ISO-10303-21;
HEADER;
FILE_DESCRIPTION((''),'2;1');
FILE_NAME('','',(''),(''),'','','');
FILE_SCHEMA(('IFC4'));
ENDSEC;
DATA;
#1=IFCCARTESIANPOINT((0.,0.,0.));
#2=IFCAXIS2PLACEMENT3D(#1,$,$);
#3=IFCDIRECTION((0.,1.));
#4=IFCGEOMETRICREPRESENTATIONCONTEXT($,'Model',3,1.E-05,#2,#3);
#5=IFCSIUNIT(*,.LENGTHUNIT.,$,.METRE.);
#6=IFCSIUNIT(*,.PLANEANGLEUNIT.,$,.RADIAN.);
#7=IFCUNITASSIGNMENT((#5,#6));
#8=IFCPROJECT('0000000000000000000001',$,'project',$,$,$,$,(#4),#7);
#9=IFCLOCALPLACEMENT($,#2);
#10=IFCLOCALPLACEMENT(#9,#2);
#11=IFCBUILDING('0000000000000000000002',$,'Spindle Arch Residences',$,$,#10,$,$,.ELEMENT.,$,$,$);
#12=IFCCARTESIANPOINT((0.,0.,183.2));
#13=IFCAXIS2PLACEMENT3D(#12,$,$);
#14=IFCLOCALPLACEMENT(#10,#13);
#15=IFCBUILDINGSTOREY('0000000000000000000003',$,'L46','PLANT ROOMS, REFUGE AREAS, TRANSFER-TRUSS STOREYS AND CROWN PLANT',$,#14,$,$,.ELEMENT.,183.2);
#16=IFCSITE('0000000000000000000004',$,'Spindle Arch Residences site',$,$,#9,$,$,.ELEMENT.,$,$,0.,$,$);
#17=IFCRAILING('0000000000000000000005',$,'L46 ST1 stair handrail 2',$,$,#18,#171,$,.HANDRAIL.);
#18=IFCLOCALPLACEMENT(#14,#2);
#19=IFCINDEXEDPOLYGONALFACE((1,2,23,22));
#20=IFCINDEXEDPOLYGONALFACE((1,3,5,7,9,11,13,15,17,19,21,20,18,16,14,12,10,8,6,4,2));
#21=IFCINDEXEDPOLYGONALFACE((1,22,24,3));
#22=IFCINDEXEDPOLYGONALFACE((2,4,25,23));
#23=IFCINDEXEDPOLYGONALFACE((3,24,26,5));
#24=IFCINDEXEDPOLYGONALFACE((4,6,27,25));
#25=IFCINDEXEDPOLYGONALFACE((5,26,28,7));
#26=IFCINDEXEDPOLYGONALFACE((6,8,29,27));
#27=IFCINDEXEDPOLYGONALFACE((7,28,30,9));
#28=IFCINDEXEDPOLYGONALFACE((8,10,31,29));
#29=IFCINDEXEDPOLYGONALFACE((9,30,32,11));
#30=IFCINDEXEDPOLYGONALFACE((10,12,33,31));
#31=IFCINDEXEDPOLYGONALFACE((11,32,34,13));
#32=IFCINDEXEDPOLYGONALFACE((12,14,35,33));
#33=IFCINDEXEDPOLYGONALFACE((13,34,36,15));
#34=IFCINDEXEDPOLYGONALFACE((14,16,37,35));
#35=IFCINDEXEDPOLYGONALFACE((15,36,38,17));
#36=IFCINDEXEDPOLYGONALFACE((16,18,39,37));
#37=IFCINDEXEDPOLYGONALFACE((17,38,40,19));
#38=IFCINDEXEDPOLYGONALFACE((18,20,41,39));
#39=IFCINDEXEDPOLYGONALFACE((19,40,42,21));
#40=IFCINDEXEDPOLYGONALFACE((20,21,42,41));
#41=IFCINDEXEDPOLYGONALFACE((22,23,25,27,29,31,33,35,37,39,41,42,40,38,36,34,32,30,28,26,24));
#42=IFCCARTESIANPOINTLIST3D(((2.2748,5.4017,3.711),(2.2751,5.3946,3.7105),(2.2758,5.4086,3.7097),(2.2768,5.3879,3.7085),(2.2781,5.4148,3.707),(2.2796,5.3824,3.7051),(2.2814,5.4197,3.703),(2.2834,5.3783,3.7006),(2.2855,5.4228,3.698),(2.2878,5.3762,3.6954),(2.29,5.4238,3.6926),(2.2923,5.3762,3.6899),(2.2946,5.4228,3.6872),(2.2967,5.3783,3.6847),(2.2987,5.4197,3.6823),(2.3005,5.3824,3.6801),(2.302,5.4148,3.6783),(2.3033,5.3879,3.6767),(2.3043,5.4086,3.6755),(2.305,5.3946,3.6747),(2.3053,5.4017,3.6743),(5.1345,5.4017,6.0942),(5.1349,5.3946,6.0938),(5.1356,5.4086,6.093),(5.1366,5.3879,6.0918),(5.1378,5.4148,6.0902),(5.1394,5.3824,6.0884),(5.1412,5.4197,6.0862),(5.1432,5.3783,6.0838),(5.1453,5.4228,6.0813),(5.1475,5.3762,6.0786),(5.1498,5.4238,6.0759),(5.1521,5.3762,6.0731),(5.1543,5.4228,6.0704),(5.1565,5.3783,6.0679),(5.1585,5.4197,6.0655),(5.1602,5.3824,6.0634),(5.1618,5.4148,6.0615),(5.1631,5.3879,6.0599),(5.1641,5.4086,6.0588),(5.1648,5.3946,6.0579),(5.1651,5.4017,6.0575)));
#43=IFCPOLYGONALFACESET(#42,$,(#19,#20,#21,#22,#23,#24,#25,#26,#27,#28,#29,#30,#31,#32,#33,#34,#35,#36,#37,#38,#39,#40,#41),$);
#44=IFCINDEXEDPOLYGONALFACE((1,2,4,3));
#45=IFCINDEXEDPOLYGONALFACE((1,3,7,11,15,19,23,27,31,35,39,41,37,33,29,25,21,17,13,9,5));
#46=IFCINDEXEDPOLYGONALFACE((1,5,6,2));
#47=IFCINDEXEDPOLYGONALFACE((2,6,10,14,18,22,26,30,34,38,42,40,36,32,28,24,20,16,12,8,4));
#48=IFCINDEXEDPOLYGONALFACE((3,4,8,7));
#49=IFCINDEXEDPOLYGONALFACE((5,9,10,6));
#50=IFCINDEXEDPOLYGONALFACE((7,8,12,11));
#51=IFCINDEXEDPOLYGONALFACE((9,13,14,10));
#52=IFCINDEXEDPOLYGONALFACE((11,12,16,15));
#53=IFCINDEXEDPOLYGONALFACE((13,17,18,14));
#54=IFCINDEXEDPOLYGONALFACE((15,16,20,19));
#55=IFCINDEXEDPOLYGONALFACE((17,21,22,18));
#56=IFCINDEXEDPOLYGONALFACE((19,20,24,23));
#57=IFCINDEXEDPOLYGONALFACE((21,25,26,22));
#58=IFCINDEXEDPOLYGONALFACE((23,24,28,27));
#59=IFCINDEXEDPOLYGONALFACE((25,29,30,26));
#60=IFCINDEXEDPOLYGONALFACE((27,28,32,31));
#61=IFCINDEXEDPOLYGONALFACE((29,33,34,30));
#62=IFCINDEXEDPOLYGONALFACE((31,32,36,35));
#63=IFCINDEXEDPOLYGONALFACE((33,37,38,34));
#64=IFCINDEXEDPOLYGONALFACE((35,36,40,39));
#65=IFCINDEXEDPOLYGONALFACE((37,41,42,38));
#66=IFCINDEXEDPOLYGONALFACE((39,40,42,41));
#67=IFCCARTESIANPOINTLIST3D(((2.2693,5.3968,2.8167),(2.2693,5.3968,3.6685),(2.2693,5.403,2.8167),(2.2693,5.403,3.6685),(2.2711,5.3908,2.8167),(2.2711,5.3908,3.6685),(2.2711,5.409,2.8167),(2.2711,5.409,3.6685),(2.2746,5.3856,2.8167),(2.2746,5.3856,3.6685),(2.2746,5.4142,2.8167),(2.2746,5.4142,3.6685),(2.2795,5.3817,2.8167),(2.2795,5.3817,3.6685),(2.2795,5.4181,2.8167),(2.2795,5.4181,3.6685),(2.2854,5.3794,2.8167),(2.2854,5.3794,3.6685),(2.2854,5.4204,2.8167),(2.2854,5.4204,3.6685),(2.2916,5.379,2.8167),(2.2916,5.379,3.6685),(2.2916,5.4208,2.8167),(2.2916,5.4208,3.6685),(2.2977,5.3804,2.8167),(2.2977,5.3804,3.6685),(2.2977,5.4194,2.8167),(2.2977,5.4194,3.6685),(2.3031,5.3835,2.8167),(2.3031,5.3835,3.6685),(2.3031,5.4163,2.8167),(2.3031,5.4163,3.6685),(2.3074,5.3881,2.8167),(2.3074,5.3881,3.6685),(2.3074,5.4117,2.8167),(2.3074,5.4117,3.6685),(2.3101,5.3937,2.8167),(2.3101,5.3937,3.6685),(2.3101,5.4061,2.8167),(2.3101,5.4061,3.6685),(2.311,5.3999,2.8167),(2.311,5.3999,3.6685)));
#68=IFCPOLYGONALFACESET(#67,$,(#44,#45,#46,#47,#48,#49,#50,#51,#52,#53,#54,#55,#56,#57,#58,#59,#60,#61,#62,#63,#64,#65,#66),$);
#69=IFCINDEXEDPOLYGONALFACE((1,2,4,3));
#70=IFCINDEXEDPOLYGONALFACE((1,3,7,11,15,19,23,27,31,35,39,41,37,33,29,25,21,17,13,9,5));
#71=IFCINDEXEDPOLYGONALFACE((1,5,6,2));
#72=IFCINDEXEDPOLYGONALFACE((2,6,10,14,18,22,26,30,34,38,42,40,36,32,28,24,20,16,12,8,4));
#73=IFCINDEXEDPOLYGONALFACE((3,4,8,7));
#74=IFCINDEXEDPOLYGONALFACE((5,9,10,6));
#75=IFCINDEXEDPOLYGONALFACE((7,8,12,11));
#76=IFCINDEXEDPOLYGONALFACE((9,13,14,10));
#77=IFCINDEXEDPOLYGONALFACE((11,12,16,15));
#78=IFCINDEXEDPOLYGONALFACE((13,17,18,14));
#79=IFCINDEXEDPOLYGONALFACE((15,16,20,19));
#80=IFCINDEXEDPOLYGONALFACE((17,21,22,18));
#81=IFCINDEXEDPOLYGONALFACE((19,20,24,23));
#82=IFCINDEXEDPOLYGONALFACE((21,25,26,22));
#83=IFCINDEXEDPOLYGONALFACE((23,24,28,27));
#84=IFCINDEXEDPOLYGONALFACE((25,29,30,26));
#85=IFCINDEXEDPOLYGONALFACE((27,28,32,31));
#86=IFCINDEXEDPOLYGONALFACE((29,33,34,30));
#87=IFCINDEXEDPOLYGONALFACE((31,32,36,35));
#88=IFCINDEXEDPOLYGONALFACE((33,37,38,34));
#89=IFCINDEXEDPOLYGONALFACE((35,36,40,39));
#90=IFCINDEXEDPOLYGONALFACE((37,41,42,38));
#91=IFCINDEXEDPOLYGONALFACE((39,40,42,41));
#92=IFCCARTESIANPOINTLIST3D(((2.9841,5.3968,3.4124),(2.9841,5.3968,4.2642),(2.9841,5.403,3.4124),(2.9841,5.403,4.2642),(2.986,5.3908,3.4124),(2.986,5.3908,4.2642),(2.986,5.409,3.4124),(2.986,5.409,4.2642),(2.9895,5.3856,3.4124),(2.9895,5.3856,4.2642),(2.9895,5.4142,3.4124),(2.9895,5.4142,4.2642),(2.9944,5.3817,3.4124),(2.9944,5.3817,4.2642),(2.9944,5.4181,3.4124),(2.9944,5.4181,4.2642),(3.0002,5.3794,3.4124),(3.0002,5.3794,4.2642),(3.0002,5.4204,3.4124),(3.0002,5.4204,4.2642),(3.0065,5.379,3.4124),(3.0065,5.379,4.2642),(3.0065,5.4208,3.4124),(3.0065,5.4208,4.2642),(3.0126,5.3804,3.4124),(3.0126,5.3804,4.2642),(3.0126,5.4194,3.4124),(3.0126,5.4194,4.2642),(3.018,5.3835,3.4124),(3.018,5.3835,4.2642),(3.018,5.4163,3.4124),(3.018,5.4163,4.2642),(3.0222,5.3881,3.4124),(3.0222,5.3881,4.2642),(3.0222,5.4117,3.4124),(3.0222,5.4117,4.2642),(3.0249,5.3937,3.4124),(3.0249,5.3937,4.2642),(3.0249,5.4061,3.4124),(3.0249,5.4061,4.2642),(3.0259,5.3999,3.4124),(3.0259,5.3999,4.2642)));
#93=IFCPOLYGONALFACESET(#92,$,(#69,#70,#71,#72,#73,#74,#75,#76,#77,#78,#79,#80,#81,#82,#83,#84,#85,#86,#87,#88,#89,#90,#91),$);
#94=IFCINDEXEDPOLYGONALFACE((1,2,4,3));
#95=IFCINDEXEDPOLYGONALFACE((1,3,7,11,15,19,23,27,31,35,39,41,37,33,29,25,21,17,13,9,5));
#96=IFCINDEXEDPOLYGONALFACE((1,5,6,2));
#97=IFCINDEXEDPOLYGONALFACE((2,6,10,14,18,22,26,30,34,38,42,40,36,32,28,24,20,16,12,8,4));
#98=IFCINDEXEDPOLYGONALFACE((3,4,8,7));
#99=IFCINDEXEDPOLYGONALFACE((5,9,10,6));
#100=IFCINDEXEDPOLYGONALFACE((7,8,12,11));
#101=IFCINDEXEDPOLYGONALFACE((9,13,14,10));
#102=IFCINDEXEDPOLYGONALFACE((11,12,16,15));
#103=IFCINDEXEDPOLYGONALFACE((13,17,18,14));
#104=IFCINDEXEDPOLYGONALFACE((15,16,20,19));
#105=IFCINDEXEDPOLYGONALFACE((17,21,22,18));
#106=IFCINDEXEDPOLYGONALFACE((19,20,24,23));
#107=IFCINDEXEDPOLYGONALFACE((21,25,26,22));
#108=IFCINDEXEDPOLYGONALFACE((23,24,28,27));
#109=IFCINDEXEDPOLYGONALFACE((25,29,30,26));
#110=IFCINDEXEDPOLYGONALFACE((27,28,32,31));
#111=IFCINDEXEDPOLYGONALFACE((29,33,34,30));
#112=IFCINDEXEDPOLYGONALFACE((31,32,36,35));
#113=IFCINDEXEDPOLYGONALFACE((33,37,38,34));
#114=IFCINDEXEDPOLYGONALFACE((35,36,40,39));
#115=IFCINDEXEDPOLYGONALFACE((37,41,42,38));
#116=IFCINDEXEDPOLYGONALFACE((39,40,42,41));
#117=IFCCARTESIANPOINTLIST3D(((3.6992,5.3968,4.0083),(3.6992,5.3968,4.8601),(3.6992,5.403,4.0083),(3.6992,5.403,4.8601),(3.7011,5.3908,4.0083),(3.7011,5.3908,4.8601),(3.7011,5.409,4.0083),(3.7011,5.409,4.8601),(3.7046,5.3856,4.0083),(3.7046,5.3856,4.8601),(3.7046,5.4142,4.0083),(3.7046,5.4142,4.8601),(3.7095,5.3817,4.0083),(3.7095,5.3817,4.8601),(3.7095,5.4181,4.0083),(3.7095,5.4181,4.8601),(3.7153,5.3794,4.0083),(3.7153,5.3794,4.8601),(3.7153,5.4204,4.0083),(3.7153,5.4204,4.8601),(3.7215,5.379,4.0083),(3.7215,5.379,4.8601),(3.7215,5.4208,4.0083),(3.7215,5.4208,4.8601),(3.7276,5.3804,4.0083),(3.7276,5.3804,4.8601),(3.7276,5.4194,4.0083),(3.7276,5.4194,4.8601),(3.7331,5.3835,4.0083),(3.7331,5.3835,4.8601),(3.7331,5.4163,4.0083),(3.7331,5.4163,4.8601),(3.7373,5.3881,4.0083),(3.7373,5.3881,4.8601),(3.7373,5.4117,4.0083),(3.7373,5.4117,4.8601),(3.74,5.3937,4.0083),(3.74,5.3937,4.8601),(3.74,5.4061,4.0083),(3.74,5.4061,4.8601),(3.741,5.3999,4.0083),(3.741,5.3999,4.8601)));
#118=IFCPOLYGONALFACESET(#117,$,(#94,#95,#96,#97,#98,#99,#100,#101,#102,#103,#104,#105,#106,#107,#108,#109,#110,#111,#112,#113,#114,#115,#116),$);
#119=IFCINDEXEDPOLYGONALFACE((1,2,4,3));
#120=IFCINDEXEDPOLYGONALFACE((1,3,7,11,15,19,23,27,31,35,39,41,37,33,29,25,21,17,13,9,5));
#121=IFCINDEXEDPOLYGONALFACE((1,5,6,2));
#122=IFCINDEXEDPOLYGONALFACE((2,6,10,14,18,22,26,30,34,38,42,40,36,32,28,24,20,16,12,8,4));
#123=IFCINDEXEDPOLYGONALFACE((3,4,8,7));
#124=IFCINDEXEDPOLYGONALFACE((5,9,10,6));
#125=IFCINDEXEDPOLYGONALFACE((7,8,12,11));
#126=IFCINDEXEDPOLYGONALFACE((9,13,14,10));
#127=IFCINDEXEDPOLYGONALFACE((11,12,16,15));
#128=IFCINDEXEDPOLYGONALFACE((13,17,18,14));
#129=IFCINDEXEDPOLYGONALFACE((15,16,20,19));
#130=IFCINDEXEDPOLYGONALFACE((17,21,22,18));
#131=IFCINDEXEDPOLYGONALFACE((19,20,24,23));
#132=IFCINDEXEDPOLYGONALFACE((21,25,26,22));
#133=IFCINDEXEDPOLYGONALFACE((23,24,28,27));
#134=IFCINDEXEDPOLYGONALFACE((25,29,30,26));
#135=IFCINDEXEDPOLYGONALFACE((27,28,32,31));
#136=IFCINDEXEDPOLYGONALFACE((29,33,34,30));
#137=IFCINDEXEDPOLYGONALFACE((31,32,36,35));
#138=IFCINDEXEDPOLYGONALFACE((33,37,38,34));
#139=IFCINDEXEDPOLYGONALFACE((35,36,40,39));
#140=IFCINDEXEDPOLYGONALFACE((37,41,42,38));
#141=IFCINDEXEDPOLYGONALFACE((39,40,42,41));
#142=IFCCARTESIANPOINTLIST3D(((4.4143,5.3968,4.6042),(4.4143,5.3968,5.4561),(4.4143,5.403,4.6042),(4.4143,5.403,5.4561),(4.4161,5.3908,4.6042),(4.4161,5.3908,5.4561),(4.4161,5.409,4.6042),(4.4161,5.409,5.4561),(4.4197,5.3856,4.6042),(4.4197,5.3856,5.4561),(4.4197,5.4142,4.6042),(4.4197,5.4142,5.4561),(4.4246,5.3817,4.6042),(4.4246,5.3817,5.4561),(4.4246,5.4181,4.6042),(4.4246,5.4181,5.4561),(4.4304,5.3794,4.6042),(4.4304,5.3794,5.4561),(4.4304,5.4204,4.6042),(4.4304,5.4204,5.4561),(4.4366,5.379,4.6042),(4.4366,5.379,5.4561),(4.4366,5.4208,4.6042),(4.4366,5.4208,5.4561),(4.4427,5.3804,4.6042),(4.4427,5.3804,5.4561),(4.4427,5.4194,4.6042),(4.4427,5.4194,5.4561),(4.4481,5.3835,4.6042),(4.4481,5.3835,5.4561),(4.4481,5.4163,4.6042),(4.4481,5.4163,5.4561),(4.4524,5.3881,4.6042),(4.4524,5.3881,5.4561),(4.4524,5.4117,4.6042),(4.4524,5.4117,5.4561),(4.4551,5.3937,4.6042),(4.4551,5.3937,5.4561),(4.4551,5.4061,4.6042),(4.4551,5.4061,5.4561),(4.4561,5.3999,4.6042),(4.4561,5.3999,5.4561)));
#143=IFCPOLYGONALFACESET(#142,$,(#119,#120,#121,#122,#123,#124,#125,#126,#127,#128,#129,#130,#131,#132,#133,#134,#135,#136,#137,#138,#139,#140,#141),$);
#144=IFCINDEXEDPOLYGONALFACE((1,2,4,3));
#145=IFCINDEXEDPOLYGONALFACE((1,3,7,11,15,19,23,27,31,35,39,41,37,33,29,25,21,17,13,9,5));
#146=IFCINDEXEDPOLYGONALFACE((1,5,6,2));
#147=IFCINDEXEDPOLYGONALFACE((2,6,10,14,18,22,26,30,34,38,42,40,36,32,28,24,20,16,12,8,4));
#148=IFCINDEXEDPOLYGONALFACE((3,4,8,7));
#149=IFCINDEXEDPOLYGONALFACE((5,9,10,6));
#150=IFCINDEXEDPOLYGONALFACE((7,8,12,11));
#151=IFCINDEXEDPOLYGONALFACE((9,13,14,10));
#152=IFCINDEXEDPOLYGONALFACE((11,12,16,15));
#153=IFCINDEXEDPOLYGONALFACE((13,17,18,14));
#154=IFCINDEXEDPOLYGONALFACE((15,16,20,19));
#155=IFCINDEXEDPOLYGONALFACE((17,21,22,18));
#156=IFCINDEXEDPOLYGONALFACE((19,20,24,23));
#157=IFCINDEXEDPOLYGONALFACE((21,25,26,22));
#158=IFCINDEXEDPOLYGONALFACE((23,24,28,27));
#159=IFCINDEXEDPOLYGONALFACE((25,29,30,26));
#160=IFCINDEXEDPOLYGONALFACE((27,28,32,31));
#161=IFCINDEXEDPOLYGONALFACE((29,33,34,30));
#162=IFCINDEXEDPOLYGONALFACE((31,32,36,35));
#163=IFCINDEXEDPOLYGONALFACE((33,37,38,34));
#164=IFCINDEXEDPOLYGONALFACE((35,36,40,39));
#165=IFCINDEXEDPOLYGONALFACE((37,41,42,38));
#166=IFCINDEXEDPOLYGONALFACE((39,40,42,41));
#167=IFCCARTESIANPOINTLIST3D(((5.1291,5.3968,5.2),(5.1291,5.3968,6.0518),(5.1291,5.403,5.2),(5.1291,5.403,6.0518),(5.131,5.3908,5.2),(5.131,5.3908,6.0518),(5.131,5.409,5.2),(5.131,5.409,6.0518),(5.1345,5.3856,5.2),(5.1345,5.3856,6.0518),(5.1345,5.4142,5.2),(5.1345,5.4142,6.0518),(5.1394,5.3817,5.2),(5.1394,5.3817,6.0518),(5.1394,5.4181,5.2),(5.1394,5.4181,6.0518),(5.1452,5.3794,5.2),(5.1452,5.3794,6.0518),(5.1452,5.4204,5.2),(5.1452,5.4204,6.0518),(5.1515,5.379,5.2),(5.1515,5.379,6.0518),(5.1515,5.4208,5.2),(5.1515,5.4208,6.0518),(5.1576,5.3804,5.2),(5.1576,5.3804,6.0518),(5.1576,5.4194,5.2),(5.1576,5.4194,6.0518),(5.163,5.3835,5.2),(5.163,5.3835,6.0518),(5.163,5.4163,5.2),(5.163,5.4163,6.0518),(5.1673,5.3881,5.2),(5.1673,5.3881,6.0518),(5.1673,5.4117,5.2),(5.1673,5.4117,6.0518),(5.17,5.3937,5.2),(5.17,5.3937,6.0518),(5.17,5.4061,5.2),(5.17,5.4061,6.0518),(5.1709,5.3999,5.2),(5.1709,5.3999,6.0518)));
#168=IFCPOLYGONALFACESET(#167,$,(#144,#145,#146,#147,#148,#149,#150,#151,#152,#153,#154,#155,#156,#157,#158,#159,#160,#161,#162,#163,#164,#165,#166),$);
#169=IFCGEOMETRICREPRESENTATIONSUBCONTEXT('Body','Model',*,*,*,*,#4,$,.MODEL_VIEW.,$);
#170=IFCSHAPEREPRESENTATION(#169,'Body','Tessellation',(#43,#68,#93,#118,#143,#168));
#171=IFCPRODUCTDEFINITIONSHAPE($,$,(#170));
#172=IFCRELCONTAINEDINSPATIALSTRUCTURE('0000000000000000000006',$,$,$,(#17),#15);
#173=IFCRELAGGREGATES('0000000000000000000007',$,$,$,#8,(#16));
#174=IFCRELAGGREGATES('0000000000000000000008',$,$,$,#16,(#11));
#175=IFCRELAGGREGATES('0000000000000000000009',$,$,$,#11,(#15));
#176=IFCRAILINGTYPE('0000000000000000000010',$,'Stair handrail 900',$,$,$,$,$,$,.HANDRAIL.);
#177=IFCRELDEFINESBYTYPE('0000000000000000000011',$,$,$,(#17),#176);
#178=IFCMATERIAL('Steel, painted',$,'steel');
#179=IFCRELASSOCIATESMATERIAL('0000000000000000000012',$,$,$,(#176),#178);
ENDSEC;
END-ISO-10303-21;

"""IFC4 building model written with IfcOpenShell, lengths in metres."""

from ifc_helpers import new_model, si_unit, direction, frame, origin, origin_2d, place, context, subcontext, project, spatial, circle, extrude, material, type_object, element, save


model = new_model("IFC4")

# Units and contexts
model_context = context("Model", 3, precision=1e-05, world=origin(), true_north=direction((0.0, 1.0)))
body_context = subcontext(model_context, "Body", "Model", "MODEL_VIEW")
ifc_project = project(units=[si_unit("LENGTHUNIT", "METRE"), si_unit("PLANEANGLEUNIT", "RADIAN")], contexts=[model_context])

# Site, building, storey
site_placement = place(None, origin())
site = spatial("IfcSite", under=ifc_project, at=site_placement, Name="Spindle Arch Residences site", CompositionType="ELEMENT", RefElevation=0.0)
building_placement = place(site_placement, origin())
building = spatial("IfcBuilding", under=site, at=building_placement, Name="Spindle Arch Residences", CompositionType="ELEMENT")
storey_placement = place(building_placement, frame((0.0, 0.0, 183.2)))
storey = spatial("IfcBuildingStorey", under=building, at=storey_placement, Name="L46", Description="PLANT ROOMS, REFUGE AREAS, TRANSFER-TRUSS STOREYS AND CROWN PLANT", CompositionType="ELEMENT", Elevation=183.2)

# Railing
ifc_material_1 = material(Name="Steel, painted", Category="steel")
railing_type_1 = type_object("IfcRailingType", Name="Stair handrail 900", PredefinedType="HANDRAIL", material=ifc_material_1)
railing_1_placement = place(storey_placement, frame((2.29, 5.3999, 2.8167)))
element("IfcRailing", 1, at=railing_1_placement, inside=storey, type_object=railing_type_1, Name="L46 ST1 stair handrail 2", PredefinedType="HANDRAIL", context=body_context, shape_type="SweptSolid", body=[
    extrude(circle(Radius=0.0239, at=origin_2d()), frame((0.0, 0.0, 0.876), z_axis=(0.768211, 0.0, 0.640197), x_axis=(0.0, 1.0, 0.0)), (0.0, 0.0, 1.0), 3.7227),
    extrude(circle(Radius=0.021, at=origin_2d()), origin(), (0.0, 0.0, 1.0), 0.8518),
    extrude(circle(Radius=0.021, at=origin_2d()), frame((0.7148, 0.0, 0.5957)), (0.0, 0.0, 1.0), 0.8518),
    extrude(circle(Radius=0.021, at=origin_2d()), frame((1.4299, 0.0, 1.1917)), (0.0, 0.0, 1.0), 0.8518),
    extrude(circle(Radius=0.021, at=origin_2d()), frame((2.145, 0.0, 1.7876)), (0.0, 0.0, 1.0), 0.8518),
    extrude(circle(Radius=0.021, at=origin_2d()), frame((2.8599, 0.0, 2.3833)), (0.0, 0.0, 1.0), 0.8518),
])

save(model, "model.ifc")
